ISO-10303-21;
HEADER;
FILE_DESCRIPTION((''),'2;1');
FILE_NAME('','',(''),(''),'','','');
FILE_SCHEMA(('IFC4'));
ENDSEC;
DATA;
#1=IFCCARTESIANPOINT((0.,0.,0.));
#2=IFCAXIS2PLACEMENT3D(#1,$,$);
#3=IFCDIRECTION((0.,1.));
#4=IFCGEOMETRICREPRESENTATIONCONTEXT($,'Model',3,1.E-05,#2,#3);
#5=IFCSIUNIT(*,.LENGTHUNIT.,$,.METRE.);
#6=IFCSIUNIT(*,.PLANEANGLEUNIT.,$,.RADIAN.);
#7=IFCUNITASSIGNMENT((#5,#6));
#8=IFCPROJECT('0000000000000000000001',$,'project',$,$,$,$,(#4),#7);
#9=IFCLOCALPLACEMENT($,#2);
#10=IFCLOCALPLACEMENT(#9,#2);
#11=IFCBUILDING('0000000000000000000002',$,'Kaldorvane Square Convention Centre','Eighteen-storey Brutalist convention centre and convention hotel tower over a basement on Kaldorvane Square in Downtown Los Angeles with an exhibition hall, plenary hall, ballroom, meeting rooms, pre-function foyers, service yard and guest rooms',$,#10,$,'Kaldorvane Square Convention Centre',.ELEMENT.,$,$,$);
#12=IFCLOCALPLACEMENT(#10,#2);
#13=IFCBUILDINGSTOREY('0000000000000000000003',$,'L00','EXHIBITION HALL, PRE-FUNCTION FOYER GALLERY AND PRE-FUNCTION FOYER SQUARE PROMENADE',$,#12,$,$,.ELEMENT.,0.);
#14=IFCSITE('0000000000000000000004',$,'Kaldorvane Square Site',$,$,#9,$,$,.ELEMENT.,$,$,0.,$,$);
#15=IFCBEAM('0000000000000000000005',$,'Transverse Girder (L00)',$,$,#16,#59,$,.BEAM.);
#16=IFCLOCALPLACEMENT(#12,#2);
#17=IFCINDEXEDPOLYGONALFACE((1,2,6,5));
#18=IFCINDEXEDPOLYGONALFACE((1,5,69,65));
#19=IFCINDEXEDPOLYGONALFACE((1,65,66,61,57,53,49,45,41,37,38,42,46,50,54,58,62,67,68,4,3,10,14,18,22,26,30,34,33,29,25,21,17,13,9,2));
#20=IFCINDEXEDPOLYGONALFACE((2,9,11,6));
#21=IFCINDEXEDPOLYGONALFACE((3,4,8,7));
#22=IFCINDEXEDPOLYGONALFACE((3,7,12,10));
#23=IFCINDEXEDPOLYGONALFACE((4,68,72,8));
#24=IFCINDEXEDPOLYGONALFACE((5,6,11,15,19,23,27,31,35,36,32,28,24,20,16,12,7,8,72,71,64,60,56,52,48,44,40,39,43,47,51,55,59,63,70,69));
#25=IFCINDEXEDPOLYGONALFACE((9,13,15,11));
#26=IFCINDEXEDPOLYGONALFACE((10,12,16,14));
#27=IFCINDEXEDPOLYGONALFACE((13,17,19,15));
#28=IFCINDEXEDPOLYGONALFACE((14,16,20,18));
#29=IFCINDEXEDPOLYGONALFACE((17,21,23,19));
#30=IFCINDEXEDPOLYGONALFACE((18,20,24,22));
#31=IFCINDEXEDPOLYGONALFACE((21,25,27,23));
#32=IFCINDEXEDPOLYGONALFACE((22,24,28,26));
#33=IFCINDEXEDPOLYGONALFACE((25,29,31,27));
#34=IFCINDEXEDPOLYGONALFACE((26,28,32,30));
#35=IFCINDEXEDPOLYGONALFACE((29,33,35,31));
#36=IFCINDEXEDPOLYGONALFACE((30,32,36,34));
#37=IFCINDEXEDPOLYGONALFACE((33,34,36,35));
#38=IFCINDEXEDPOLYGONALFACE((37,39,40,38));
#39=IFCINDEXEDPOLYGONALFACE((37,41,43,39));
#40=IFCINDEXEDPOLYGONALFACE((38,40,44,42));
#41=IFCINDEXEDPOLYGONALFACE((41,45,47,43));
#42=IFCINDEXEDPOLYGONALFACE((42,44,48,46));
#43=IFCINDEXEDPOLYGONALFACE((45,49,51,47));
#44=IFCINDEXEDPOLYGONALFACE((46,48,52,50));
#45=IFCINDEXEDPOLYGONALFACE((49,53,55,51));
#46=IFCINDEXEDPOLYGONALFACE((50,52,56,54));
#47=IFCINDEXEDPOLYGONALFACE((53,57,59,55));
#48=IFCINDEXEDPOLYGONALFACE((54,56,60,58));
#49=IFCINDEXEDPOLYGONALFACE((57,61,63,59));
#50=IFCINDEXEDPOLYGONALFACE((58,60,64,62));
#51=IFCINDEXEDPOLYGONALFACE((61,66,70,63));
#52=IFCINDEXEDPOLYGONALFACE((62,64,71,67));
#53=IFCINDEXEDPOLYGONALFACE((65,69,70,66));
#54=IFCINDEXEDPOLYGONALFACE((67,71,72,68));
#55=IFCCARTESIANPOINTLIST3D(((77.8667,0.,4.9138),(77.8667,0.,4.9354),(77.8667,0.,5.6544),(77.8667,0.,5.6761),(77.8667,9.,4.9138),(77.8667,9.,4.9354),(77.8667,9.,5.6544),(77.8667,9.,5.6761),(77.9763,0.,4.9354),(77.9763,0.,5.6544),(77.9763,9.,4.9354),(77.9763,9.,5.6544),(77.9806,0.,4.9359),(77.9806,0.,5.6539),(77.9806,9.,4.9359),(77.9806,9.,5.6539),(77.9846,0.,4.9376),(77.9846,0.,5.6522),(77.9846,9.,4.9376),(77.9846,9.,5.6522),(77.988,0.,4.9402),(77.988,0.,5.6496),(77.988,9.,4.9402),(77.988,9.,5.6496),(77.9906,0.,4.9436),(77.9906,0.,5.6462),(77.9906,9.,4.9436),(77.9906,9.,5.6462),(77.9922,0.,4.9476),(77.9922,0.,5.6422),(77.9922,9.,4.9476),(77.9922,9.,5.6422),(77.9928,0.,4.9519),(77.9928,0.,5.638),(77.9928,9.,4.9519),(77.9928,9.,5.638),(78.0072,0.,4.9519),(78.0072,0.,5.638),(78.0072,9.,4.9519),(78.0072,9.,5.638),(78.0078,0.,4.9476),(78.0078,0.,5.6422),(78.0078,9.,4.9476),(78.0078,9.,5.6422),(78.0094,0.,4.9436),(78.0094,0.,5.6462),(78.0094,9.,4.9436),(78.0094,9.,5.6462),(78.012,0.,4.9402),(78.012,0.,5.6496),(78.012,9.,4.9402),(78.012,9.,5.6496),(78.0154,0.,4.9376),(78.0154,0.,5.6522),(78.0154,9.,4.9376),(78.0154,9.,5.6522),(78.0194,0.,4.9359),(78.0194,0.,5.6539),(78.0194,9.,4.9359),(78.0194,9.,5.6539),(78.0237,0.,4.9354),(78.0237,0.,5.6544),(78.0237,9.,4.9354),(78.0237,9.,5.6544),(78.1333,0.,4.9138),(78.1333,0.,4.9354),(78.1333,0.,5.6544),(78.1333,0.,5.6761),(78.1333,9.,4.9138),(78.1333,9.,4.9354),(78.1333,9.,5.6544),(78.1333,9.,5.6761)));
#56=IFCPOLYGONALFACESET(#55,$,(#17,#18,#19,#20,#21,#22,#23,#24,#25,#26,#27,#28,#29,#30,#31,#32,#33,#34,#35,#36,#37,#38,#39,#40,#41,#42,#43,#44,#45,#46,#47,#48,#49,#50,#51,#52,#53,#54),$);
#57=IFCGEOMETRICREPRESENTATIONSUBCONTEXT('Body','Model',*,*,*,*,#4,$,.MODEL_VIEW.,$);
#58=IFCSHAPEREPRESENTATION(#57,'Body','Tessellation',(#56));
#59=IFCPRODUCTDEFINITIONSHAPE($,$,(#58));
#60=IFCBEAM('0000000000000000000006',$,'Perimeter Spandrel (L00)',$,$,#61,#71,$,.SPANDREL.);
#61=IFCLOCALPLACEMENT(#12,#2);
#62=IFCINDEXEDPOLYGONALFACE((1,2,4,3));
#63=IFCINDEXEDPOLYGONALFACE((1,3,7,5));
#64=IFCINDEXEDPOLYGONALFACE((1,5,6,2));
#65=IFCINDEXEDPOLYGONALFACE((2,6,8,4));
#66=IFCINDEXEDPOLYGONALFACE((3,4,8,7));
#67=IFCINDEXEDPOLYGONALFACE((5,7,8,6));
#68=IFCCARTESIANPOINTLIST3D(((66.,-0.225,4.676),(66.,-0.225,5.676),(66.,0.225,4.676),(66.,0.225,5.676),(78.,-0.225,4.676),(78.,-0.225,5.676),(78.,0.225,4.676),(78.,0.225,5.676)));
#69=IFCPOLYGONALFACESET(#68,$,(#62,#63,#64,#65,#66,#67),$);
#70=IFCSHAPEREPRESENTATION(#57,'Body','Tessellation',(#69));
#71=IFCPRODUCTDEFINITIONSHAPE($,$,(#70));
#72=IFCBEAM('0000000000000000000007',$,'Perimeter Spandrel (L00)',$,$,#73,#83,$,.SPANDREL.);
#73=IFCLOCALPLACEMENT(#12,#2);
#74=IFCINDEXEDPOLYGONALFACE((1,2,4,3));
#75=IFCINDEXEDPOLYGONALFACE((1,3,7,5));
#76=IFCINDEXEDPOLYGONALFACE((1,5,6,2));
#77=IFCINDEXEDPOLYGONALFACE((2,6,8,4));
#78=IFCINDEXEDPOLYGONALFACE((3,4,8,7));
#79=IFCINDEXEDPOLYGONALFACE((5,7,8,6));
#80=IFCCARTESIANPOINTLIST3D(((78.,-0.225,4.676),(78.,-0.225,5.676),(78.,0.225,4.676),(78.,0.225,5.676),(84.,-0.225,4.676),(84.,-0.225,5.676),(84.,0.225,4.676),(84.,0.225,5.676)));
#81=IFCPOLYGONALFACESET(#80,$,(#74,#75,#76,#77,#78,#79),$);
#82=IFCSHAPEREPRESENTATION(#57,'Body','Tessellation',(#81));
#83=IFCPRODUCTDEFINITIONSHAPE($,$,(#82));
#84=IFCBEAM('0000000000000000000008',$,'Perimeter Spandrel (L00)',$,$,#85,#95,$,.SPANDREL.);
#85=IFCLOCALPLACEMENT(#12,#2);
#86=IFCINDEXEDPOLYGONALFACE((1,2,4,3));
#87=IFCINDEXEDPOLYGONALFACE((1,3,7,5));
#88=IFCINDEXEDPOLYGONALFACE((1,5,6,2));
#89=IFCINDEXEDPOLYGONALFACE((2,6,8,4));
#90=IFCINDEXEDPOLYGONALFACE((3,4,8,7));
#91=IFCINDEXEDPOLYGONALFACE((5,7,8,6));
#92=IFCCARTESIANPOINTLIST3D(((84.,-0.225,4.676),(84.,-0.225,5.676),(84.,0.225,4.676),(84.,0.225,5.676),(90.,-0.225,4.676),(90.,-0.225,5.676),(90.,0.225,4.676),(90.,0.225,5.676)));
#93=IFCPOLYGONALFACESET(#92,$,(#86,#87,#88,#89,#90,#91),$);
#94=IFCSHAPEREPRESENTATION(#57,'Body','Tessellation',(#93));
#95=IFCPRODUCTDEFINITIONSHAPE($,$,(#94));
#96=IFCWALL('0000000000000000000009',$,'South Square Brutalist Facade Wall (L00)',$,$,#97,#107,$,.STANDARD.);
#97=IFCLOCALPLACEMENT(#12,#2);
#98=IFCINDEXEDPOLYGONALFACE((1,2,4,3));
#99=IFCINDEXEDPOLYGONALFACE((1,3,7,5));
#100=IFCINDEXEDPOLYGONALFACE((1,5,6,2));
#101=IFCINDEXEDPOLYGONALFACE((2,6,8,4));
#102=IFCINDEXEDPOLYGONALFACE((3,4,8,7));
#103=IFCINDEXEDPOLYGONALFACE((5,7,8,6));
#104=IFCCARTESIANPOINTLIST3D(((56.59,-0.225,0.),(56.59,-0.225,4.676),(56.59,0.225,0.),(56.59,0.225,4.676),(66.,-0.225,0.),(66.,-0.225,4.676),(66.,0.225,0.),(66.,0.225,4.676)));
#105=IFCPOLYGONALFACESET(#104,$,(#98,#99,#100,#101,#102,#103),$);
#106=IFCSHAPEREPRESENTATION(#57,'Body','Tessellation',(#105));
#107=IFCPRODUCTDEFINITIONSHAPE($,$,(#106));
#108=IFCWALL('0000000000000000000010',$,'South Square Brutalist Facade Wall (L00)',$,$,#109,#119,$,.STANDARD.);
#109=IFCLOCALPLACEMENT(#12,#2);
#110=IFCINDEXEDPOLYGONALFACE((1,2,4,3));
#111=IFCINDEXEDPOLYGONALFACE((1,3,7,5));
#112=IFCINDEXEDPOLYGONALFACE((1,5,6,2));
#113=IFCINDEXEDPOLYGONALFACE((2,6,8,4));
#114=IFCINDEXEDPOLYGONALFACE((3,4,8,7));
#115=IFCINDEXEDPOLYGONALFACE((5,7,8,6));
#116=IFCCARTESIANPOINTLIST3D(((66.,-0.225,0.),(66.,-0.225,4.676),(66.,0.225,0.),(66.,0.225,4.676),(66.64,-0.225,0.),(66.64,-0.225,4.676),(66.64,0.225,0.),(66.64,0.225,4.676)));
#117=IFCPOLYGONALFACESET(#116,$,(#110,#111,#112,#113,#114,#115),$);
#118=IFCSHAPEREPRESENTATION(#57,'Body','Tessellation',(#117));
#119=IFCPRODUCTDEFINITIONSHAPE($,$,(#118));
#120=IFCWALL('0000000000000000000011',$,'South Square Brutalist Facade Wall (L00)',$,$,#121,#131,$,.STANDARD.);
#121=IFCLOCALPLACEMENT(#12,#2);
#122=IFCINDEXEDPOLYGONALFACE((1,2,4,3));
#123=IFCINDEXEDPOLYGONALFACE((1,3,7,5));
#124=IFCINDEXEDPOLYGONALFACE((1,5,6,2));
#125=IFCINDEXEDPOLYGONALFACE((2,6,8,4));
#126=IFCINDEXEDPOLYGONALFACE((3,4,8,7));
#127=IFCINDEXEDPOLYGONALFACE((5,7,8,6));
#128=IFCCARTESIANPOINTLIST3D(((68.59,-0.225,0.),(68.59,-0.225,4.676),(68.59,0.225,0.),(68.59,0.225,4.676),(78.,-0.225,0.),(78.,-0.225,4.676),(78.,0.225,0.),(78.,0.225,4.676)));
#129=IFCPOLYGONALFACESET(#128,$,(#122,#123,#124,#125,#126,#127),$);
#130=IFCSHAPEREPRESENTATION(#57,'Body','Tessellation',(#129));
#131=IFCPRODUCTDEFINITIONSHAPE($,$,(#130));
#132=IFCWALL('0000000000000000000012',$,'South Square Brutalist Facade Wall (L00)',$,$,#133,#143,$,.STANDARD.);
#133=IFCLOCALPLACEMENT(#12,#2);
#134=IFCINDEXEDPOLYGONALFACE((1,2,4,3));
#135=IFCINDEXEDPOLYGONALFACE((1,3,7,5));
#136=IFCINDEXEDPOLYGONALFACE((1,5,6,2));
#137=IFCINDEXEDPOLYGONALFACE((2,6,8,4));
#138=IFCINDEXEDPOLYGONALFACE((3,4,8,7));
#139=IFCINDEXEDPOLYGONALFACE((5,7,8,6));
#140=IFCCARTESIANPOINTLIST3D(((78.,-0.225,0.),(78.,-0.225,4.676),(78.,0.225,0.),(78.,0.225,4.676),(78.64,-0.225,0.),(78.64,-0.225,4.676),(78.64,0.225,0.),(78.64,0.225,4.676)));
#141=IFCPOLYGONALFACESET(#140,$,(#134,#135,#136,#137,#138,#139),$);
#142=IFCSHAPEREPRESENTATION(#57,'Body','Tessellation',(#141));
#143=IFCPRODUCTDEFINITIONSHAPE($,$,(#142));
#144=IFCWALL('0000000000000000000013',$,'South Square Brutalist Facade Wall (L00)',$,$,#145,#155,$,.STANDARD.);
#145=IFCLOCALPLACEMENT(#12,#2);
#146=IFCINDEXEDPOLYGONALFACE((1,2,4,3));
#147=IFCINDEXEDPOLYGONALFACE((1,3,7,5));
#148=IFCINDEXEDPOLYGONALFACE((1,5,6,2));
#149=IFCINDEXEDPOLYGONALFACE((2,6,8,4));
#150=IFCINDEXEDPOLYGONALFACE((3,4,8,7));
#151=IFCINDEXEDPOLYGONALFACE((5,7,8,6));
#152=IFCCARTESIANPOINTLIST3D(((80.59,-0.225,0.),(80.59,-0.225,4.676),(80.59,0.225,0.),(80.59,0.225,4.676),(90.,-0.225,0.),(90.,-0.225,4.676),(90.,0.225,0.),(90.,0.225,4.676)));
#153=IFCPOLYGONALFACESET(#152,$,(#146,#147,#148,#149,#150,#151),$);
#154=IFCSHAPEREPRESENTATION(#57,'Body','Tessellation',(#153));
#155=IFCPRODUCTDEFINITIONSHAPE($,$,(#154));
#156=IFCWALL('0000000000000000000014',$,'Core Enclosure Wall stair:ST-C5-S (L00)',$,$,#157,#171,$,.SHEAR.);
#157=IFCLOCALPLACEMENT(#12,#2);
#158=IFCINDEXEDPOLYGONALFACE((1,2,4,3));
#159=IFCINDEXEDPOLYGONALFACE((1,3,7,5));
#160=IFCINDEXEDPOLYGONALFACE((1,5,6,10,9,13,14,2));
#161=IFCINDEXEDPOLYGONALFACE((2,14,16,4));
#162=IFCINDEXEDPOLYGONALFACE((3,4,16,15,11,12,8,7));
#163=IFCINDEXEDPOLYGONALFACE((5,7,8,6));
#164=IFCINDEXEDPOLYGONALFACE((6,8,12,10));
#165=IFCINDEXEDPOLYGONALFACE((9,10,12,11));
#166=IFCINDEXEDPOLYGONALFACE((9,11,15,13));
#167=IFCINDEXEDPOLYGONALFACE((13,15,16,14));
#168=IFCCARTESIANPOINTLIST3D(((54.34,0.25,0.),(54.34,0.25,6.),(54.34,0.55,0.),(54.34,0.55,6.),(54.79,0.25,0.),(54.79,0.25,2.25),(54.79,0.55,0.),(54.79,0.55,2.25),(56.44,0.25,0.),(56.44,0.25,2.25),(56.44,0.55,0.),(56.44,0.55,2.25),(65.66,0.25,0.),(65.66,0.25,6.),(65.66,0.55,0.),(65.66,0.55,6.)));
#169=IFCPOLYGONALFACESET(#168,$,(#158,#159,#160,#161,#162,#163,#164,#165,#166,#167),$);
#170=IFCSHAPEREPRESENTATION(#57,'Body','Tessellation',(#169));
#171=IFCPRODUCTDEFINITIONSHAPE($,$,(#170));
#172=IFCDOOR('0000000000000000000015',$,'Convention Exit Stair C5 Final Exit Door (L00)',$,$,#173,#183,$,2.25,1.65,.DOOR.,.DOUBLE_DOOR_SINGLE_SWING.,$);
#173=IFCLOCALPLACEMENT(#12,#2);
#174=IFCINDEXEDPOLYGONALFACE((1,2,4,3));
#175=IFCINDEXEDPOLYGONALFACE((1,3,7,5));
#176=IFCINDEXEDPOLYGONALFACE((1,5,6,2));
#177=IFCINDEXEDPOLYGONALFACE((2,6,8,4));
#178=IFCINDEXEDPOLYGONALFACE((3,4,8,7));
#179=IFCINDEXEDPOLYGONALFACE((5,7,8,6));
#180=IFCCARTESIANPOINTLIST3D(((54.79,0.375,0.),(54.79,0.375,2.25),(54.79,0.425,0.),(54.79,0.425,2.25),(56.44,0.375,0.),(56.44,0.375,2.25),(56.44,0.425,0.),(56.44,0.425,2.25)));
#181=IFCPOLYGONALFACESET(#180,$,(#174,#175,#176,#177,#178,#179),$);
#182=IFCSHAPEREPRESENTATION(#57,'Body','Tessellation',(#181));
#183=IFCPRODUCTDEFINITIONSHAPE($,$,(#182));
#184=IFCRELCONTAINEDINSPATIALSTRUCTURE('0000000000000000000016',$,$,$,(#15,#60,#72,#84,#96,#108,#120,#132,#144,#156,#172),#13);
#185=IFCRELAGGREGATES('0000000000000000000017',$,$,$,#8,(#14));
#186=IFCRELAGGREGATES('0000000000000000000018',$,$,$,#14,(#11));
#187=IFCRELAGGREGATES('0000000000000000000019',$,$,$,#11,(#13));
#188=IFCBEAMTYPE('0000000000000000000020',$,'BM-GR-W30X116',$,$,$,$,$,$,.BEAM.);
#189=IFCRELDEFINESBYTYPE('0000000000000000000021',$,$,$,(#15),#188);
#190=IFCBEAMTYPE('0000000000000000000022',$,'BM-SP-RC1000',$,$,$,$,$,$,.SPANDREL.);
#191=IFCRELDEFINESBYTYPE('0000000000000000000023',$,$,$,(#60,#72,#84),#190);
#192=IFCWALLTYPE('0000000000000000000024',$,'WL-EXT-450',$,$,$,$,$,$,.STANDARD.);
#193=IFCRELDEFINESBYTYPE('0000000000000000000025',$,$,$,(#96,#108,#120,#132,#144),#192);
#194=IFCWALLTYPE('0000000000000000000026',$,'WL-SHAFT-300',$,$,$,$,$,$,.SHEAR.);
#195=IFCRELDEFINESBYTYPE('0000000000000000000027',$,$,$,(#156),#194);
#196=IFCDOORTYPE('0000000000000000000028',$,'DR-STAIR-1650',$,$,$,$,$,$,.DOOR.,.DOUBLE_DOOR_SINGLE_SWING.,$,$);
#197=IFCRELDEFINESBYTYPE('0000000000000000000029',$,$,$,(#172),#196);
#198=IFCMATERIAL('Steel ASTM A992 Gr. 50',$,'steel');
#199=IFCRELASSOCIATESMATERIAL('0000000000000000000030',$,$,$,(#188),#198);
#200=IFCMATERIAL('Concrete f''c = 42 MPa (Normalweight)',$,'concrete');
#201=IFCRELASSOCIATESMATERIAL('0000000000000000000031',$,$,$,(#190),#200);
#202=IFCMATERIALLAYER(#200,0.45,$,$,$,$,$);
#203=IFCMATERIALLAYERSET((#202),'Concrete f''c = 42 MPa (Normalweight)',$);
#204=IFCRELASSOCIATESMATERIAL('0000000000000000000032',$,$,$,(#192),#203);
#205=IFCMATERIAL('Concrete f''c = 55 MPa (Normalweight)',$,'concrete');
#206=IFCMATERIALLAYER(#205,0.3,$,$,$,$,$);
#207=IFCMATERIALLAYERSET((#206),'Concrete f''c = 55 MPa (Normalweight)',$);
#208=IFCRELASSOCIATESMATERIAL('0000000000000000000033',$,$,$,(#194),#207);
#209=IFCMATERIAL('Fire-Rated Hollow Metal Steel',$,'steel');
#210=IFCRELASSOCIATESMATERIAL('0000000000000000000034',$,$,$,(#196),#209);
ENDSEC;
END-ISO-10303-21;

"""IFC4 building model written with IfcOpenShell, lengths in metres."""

from ifc_helpers import new_model, si_unit, direction, frame, frame_2d, origin, origin_2d, place, context, subcontext, project, spatial, rectangle, i_section, extrude, material, layer, layer_set, material_profile, profile_set, type_object, element, fill, save


model = new_model("IFC4")

# Units and contexts
model_context = context("Model", 3, precision=1e-05, world=origin(), true_north=direction((0.0, 1.0)))
body_context = subcontext(model_context, "Body", "Model", "MODEL_VIEW")
ifc_project = project(units=[si_unit("LENGTHUNIT", "METRE"), si_unit("PLANEANGLEUNIT", "RADIAN")], contexts=[model_context])

# Site, building, storey
site_placement = place(None, origin())
site = spatial("IfcSite", under=ifc_project, at=site_placement, Name="Kaldorvane Square Site", CompositionType="ELEMENT", RefElevation=0.0)
building_placement = place(site_placement, origin())
building = spatial("IfcBuilding", under=site, at=building_placement, Name="Kaldorvane Square Convention Centre", Description="Eighteen-storey Brutalist convention centre and convention hotel tower over a basement on Kaldorvane Square in Downtown Los Angeles with an exhibition hall, plenary hall, ballroom, meeting rooms, pre-function foyers, service yard and guest rooms", LongName="Kaldorvane Square Convention Centre", CompositionType="ELEMENT")
storey_placement = place(building_placement, origin())
storey = spatial("IfcBuildingStorey", under=building, at=storey_placement, Name="L00", Description="EXHIBITION HALL, PRE-FUNCTION FOYER GALLERY AND PRE-FUNCTION FOYER SQUARE PROMENADE", CompositionType="ELEMENT", Elevation=0.0)

# Shared definitions
ifc_material_1 = material(Name="Steel ASTM A992 Gr. 50", Category="steel")
ifc_material_2 = material(Name="Concrete f'c = 55 MPa (Normalweight)", Category="concrete")

# Beams
ifc_material_profile_1 = material_profile(ifc_material_1, i_section(OverallWidth=0.2666, OverallDepth=0.7623, WebThickness=0.0144, FlangeThickness=0.0216, FilletRadius=0.0165, at=origin_2d()), Name="W30X116")
ifc_profile_set_1 = profile_set([ifc_material_profile_1], Name="Steel ASTM A992 Gr. 50")
beam_type_1 = type_object("IfcBeamType", Name="BM-GR-W30X116", PredefinedType="BEAM", material=ifc_profile_set_1)
for number, where, z_axis, x_axis, name in (
    (1, (78.0, 0.0, 5.2949), (0.0, 1.0, 0.0), (-1.0, 0.0, 0.0), "Transverse Girder (L00)"),
):
    element("IfcBeam", number, at=place(storey_placement, frame(where, z_axis=z_axis, x_axis=x_axis)), inside=storey, type_object=beam_type_1, Name=name, PredefinedType="BEAM", context=body_context, shape_type="SweptSolid", body=[
        extrude(i_section(OverallWidth=0.2666, OverallDepth=0.7623, WebThickness=0.0144, FlangeThickness=0.0216, FilletRadius=0.0165, at=origin_2d()), origin(), (0.0, 0.0, 1.0), 9.0),
    ])
ifc_material_3 = material(Name="Concrete f'c = 42 MPa (Normalweight)", Category="concrete")
ifc_material_profile_2 = material_profile(ifc_material_3, rectangle(XDim=0.45, YDim=1.0, at=origin_2d()), Name="RCSP1000X450")
ifc_profile_set_2 = profile_set([ifc_material_profile_2], Name="Concrete f'c = 42 MPa (Normalweight)")
beam_type_2 = type_object("IfcBeamType", Name="BM-SP-RC1000", PredefinedType="SPANDREL", material=ifc_profile_set_2)
beam_placement = place(storey_placement, frame((66.0, 0.0, 5.176), z_axis=(1.0, 0.0, 0.0), x_axis=(0.0, 1.0, 0.0)))
element("IfcBeam", 2, at=beam_placement, inside=storey, type_object=beam_type_2, Name="Perimeter Spandrel (L00)", PredefinedType="SPANDREL", context=body_context, shape_type="SweptSolid", body=[
    extrude(rectangle(XDim=0.45, YDim=1.0, at=origin_2d()), origin(), (0.0, 0.0, 1.0), 12.0),
])
for number, where, z_axis, x_axis, name in (
    (3, (78.0, 0.0, 5.176), (1.0, 0.0, 0.0), (0.0, 1.0, 0.0), "Perimeter Spandrel (L00)"),
    (4, (84.0, 0.0, 5.176), (1.0, 0.0, 0.0), (0.0, 1.0, 0.0), "Perimeter Spandrel (L00)"),
):
    element("IfcBeam", number, at=place(storey_placement, frame(where, z_axis=z_axis, x_axis=x_axis)), inside=storey, type_object=beam_type_2, Name=name, PredefinedType="SPANDREL", context=body_context, shape_type="SweptSolid", body=[
        extrude(rectangle(XDim=0.45, YDim=1.0, at=origin_2d()), origin(), (0.0, 0.0, 1.0), 6.0),
    ])

# Walls
ifc_layer_1 = layer(ifc_material_3, 0.45)
ifc_layer_set_1 = layer_set([ifc_layer_1], Name="Concrete f'c = 42 MPa (Normalweight)")
wall_type_1 = type_object("IfcWallType", Name="WL-EXT-450", PredefinedType="STANDARD", material=ifc_layer_set_1)
wall_1_placement = place(storey_placement, frame((56.59, 0.0, 0.0), z_axis=(0.0, 0.0, 1.0), x_axis=(1.0, 0.0, 0.0)))
element("IfcWall", 5, at=wall_1_placement, inside=storey, type_object=wall_type_1, Name="South Square Brutalist Facade Wall (L00)", PredefinedType="STANDARD", context=body_context, shape_type="SweptSolid", body=[
    extrude(rectangle(XDim=9.41, YDim=0.45, at=frame_2d((4.705, 0.0))), origin(), (0.0, 0.0, 1.0), 4.676),
])
wall_2_placement = place(storey_placement, frame((66.0, 0.0, 0.0), z_axis=(0.0, 0.0, 1.0), x_axis=(1.0, 0.0, 0.0)))
element("IfcWall", 6, at=wall_2_placement, inside=storey, type_object=wall_type_1, Name="South Square Brutalist Facade Wall (L00)", PredefinedType="STANDARD", context=body_context, shape_type="SweptSolid", body=[
    extrude(rectangle(XDim=0.64, YDim=0.45, at=frame_2d((0.32, 0.0))), origin(), (0.0, 0.0, 1.0), 4.676),
])
wall_3_placement = place(storey_placement, frame((68.59, 0.0, 0.0), z_axis=(0.0, 0.0, 1.0), x_axis=(1.0, 0.0, 0.0)))
element("IfcWall", 7, at=wall_3_placement, inside=storey, type_object=wall_type_1, Name="South Square Brutalist Facade Wall (L00)", PredefinedType="STANDARD", context=body_context, shape_type="SweptSolid", body=[
    extrude(rectangle(XDim=9.41, YDim=0.45, at=frame_2d((4.705, 0.0))), origin(), (0.0, 0.0, 1.0), 4.676),
])
wall_4_placement = place(storey_placement, frame((78.0, 0.0, 0.0), z_axis=(0.0, 0.0, 1.0), x_axis=(1.0, 0.0, 0.0)))
element("IfcWall", 8, at=wall_4_placement, inside=storey, type_object=wall_type_1, Name="South Square Brutalist Facade Wall (L00)", PredefinedType="STANDARD", context=body_context, shape_type="SweptSolid", body=[
    extrude(rectangle(XDim=0.64, YDim=0.45, at=frame_2d((0.32, 0.0))), origin(), (0.0, 0.0, 1.0), 4.676),
])
wall_5_placement = place(storey_placement, frame((80.59, 0.0, 0.0), z_axis=(0.0, 0.0, 1.0), x_axis=(1.0, 0.0, 0.0)))
element("IfcWall", 9, at=wall_5_placement, inside=storey, type_object=wall_type_1, Name="South Square Brutalist Facade Wall (L00)", PredefinedType="STANDARD", context=body_context, shape_type="SweptSolid", body=[
    extrude(rectangle(XDim=9.41, YDim=0.45, at=frame_2d((4.705, 0.0))), origin(), (0.0, 0.0, 1.0), 4.676),
])

# Wall, opening, door
ifc_layer_2 = layer(ifc_material_2, 0.3)
ifc_layer_set_2 = layer_set([ifc_layer_2], Name="Concrete f'c = 55 MPa (Normalweight)")
wall_type_2 = type_object("IfcWallType", Name="WL-SHAFT-300", PredefinedType="SHEAR", material=ifc_layer_set_2)
wall_6_placement = place(storey_placement, frame((65.66, 0.4, 0.0), z_axis=(0.0, 0.0, 1.0), x_axis=(-1.0, 0.0, 0.0)))
wall_6 = element("IfcWall", 10, at=wall_6_placement, inside=storey, type_object=wall_type_2, Name="Core Enclosure Wall stair:ST-C5-S (L00)", PredefinedType="SHEAR", context=body_context, shape_type="SweptSolid", body=[
    extrude(rectangle(XDim=11.32, YDim=0.3, at=frame_2d((5.66, 0.0))), origin(), (0.0, 0.0, 1.0), 6.0),
])
opening_1_placement = place(wall_6_placement, frame((9.22, 0.0, 0.0)))
opening_1 = element("IfcOpeningElement", 11, at=opening_1_placement, cuts=wall_6, PredefinedType="OPENING", context=body_context, shape_type="SweptSolid", body=[
    extrude(rectangle(XDim=1.65, YDim=2.25, at=frame_2d((0.825, 1.125))), frame((0.0, 0.165, 0.0), z_axis=(0.0, -1.0, 0.0), x_axis=(1.0, 0.0, 0.0)), (0.0, 0.0, 1.0), 0.33),
])
ifc_material_4 = material(Name="Fire-Rated Hollow Metal Steel", Category="steel")
door_type = type_object("IfcDoorType", Name="DR-STAIR-1650", OperationType="DOUBLE_DOOR_SINGLE_SWING", PredefinedType="DOOR", material=ifc_material_4)
door_1_placement = place(opening_1_placement, origin())
door_1 = element("IfcDoor", 12, at=door_1_placement, inside=storey, type_object=door_type, Name="Convention Exit Stair C5 Final Exit Door (L00)", OperationType="DOUBLE_DOOR_SINGLE_SWING", OverallHeight=2.25, OverallWidth=1.65, PredefinedType="DOOR", context=body_context, shape_type="SweptSolid", body=[
    extrude(rectangle(XDim=1.65, YDim=2.25, at=frame_2d((0.825, 1.125))), frame((0.0, 0.025, 0.0), z_axis=(0.0, -1.0, 0.0), x_axis=(1.0, 0.0, 0.0)), (0.0, 0.0, 1.0), 0.05),
])
fill(opening_1, door_1)

save(model, "model.ifc")
